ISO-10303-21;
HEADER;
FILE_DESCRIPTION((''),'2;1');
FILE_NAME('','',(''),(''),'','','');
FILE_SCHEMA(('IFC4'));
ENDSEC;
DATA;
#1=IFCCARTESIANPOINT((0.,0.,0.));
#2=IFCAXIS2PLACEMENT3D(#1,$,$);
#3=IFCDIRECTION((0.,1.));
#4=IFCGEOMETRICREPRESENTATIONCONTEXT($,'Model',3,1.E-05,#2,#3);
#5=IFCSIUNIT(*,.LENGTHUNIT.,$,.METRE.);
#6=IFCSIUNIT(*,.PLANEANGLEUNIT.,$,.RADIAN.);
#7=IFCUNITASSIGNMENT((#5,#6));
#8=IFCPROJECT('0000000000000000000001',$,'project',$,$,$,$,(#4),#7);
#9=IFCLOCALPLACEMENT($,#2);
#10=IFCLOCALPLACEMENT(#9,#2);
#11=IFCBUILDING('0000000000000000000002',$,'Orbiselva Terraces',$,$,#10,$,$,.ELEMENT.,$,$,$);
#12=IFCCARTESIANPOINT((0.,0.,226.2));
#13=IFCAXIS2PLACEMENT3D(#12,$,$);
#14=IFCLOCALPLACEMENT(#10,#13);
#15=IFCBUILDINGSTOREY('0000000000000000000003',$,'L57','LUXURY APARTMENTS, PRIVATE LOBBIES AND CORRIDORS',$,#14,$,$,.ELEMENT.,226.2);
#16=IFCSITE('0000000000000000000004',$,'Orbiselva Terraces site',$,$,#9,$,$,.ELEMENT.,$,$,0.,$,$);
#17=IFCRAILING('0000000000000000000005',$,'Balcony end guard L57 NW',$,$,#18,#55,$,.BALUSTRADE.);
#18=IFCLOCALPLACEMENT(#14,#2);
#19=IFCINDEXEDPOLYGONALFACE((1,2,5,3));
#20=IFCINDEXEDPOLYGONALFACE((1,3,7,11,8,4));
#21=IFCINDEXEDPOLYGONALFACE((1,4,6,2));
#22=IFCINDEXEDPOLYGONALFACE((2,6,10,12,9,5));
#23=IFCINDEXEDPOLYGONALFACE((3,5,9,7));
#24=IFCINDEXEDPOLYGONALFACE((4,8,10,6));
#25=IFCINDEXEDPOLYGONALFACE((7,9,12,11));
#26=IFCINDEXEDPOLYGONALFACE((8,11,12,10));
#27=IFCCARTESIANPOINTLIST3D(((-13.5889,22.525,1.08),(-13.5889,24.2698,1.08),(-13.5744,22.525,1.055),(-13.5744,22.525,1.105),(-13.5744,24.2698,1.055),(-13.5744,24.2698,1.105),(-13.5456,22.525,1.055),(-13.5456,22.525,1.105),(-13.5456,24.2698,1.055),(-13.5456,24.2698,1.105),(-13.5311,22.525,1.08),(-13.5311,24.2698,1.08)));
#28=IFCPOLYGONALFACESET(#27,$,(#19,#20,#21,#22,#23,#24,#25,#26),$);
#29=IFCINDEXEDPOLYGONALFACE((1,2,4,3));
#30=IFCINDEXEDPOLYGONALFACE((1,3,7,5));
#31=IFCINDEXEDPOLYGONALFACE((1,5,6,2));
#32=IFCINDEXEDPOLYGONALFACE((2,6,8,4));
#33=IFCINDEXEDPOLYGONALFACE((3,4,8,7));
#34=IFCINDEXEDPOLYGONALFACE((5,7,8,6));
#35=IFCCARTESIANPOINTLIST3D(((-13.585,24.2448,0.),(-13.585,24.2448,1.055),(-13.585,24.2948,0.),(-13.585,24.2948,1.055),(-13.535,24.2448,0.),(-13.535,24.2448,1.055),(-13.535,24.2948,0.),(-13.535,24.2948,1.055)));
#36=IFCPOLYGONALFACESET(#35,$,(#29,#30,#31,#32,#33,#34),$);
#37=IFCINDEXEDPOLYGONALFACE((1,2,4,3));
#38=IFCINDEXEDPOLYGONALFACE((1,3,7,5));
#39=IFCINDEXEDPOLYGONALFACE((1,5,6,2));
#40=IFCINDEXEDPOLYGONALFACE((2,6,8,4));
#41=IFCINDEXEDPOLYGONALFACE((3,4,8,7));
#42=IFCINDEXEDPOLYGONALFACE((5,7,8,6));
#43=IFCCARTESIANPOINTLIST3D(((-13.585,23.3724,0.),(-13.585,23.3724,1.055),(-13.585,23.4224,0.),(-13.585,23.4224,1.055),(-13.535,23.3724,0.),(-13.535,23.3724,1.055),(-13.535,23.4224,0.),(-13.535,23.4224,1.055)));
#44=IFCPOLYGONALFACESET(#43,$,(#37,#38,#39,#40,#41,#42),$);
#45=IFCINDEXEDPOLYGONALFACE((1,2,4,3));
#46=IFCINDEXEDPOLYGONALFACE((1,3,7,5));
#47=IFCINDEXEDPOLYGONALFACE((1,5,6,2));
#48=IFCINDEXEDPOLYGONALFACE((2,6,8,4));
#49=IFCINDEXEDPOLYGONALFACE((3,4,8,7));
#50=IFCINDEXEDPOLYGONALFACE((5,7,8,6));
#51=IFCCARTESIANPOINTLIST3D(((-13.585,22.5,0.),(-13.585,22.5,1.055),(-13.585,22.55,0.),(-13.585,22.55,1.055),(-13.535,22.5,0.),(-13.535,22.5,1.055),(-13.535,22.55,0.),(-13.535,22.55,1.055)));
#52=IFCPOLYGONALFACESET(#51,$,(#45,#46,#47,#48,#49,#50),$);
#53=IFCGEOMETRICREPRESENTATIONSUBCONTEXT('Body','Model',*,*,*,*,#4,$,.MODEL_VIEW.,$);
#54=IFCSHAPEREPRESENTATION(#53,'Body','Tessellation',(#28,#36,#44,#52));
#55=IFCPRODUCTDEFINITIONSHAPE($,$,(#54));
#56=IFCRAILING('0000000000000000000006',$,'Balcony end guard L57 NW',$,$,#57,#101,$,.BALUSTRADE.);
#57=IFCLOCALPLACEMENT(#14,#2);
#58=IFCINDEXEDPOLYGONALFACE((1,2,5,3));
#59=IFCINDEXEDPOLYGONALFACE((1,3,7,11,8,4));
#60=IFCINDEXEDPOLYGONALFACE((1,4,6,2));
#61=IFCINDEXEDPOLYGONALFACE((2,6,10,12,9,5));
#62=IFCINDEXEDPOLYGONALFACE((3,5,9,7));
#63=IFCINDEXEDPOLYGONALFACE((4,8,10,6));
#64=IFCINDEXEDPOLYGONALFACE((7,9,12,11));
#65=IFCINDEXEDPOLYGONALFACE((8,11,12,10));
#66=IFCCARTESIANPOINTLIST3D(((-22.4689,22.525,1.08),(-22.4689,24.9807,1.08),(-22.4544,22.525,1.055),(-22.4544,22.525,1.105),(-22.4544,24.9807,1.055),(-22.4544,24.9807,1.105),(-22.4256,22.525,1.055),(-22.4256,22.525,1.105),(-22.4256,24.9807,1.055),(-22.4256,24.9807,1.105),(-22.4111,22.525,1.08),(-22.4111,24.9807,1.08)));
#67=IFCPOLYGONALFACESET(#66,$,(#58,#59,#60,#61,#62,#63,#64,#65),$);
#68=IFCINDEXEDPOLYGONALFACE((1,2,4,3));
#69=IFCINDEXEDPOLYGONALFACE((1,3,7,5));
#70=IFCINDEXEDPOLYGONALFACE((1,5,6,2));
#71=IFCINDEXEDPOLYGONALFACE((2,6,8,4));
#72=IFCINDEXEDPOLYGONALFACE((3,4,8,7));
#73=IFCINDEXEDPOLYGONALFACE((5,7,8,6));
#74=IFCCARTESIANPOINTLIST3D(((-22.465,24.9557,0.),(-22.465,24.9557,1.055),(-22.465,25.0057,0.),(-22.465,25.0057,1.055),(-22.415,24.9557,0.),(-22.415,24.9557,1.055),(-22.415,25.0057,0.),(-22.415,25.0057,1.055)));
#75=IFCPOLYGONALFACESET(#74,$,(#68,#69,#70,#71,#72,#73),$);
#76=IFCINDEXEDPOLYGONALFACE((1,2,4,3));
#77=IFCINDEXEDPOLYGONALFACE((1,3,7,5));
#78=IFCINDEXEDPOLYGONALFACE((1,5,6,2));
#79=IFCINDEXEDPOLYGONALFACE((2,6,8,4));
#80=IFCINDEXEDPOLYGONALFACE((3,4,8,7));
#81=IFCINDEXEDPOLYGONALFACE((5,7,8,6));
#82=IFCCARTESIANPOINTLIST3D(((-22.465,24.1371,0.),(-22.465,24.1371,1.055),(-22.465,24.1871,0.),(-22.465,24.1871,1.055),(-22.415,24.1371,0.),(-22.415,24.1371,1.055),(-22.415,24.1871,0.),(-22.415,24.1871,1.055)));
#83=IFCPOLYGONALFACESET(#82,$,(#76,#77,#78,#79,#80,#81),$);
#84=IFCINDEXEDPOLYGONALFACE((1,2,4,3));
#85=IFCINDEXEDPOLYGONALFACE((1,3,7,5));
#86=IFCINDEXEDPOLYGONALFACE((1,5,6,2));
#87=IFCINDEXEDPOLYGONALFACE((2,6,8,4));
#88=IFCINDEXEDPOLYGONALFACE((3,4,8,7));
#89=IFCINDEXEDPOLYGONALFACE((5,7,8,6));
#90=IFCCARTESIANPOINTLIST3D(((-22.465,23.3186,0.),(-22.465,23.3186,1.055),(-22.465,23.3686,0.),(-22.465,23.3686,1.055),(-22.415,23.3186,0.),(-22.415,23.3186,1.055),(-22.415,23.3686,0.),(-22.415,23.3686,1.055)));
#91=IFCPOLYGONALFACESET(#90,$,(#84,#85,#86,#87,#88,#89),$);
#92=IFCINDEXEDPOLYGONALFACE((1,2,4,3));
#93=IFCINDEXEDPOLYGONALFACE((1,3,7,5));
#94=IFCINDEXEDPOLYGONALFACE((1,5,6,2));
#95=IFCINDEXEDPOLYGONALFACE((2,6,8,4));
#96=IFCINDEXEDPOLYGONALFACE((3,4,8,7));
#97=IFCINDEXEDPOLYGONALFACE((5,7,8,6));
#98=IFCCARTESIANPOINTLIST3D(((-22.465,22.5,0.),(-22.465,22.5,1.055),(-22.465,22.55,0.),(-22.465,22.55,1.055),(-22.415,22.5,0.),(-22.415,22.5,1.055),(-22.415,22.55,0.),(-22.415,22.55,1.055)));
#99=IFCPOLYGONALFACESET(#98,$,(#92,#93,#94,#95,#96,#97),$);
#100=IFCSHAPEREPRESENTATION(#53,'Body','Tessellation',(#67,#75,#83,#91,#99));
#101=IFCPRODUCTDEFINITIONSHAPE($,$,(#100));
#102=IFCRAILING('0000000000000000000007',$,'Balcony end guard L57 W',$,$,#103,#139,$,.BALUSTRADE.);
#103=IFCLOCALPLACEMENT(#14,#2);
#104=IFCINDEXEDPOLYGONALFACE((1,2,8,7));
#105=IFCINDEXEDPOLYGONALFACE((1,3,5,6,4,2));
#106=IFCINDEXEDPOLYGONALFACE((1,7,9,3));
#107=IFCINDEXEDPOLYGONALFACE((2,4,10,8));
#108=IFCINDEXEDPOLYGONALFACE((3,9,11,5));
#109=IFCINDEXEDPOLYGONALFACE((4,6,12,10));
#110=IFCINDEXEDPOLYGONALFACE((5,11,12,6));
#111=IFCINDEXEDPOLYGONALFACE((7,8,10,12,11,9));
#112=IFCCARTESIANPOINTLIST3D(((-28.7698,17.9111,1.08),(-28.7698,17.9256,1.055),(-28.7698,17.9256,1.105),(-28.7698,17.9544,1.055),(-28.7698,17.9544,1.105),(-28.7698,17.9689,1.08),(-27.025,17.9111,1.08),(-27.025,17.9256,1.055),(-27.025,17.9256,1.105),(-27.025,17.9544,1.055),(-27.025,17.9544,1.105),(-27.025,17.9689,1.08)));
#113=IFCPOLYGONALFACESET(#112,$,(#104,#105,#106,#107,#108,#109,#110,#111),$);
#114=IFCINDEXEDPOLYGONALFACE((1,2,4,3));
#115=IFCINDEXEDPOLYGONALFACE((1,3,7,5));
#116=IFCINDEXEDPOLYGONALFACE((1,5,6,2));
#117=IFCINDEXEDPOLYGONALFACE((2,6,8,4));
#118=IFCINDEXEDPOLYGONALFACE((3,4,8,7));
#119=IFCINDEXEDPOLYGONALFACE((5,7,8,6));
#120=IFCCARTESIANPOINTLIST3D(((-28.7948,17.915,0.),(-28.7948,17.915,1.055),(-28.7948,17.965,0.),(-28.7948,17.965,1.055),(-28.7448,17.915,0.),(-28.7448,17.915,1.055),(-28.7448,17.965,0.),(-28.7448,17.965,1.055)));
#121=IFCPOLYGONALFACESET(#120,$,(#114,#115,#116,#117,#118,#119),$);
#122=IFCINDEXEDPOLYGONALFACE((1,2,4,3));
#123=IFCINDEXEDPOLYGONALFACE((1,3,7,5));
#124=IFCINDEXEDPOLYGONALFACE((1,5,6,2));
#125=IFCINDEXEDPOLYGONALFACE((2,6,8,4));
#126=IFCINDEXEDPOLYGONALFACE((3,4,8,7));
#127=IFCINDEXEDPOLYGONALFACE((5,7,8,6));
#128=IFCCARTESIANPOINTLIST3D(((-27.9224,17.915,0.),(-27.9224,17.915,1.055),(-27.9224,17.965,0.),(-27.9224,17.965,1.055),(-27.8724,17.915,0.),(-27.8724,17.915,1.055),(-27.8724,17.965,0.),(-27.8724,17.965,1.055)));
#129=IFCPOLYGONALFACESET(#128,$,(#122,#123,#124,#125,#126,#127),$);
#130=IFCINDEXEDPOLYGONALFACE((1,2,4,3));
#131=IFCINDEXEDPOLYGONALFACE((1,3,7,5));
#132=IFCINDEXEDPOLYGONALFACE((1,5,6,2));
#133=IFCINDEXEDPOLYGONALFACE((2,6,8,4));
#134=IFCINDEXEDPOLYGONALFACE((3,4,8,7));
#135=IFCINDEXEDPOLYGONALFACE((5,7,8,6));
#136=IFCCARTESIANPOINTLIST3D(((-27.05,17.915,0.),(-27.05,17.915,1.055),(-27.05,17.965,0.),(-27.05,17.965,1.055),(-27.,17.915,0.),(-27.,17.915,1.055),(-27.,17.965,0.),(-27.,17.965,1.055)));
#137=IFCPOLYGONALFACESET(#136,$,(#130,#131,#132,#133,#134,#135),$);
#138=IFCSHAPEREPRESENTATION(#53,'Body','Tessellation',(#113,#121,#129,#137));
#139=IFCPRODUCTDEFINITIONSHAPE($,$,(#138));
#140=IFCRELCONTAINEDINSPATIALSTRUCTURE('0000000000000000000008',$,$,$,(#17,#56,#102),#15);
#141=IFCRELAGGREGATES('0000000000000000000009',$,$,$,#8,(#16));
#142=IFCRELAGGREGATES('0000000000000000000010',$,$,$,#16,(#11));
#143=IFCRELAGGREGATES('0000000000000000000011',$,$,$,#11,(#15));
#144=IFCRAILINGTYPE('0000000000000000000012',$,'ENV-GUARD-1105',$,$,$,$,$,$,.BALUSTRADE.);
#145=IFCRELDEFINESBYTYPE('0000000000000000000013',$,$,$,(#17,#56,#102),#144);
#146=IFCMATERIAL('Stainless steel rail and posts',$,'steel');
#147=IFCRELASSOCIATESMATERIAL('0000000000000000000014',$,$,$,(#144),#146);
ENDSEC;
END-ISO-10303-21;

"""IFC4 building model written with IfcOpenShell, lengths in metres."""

from ifc_helpers import new_model, si_unit, direction, frame, origin, origin_2d, place, context, subcontext, project, spatial, polyline, rectangle, outline, extrude, material, type_object, element, save


model = new_model("IFC4")

# Units and contexts
model_context = context("Model", 3, precision=1e-05, world=origin(), true_north=direction((0.0, 1.0)))
body_context = subcontext(model_context, "Body", "Model", "MODEL_VIEW")
ifc_project = project(units=[si_unit("LENGTHUNIT", "METRE"), si_unit("PLANEANGLEUNIT", "RADIAN")], contexts=[model_context])

# Site, building, storey
site_placement = place(None, origin())
site = spatial("IfcSite", under=ifc_project, at=site_placement, Name="Orbiselva Terraces site", CompositionType="ELEMENT", RefElevation=0.0)
building_placement = place(site_placement, origin())
building = spatial("IfcBuilding", under=site, at=building_placement, Name="Orbiselva Terraces", CompositionType="ELEMENT")
storey_placement = place(building_placement, frame((0.0, 0.0, 226.2)))
storey = spatial("IfcBuildingStorey", under=building, at=storey_placement, Name="L57", Description="LUXURY APARTMENTS, PRIVATE LOBBIES AND CORRIDORS", CompositionType="ELEMENT", Elevation=226.2)

# Railings
ifc_material_1 = material(Name="Stainless steel rail and posts", Category="steel")
railing_type_1 = type_object("IfcRailingType", Name="ENV-GUARD-1105", PredefinedType="BALUSTRADE", material=ifc_material_1)
railing_1_placement = place(storey_placement, frame((-13.56, 24.2698, 0.0)))
element("IfcRailing", 1, at=railing_1_placement, inside=storey, type_object=railing_type_1, Name="Balcony end guard L57 NW", PredefinedType="BALUSTRADE", context=body_context, shape_type="SweptSolid", body=[
    extrude(outline(polyline([(0.0289, 0.0), (0.0144, 0.025), (-0.0144, 0.025), (-0.0289, 0.0), (-0.0144, -0.025), (0.0144, -0.025), (0.0289, 0.0)])), frame((0.0, 0.0, 1.08), z_axis=(0.0, -1.0, 0.0), x_axis=(1.0, 0.0, 0.0)), (0.0, 0.0, 1.0), 1.7448),
    extrude(rectangle(XDim=0.05, YDim=0.05, at=origin_2d()), origin(), (0.0, 0.0, 1.0), 1.055),
    extrude(rectangle(XDim=0.05, YDim=0.05, at=origin_2d()), frame((0.0, -0.8724, 0.0)), (0.0, 0.0, 1.0), 1.055),
    extrude(rectangle(XDim=0.05, YDim=0.05, at=origin_2d()), frame((0.0, -1.7448, 0.0)), (0.0, 0.0, 1.0), 1.055),
])
railing_2_placement = place(storey_placement, frame((-22.44, 24.9807, 0.0)))
element("IfcRailing", 2, at=railing_2_placement, inside=storey, type_object=railing_type_1, Name="Balcony end guard L57 NW", PredefinedType="BALUSTRADE", context=body_context, shape_type="SweptSolid", body=[
    extrude(outline(polyline([(0.0289, 0.0), (0.0144, 0.025), (-0.0144, 0.025), (-0.0289, 0.0), (-0.0144, -0.025), (0.0144, -0.025), (0.0289, 0.0)])), frame((0.0, 0.0, 1.08), z_axis=(0.0, -1.0, 0.0), x_axis=(1.0, 0.0, 0.0)), (0.0, 0.0, 1.0), 2.4557),
    extrude(rectangle(XDim=0.05, YDim=0.05, at=origin_2d()), origin(), (0.0, 0.0, 1.0), 1.055),
    extrude(rectangle(XDim=0.05, YDim=0.05, at=origin_2d()), frame((0.0, -0.8186, 0.0)), (0.0, 0.0, 1.0), 1.055),
    extrude(rectangle(XDim=0.05, YDim=0.05, at=origin_2d()), frame((0.0, -1.6371, 0.0)), (0.0, 0.0, 1.0), 1.055),
    extrude(rectangle(XDim=0.05, YDim=0.05, at=origin_2d()), frame((0.0, -2.4557, 0.0)), (0.0, 0.0, 1.0), 1.055),
])
railing_3_placement = place(storey_placement, frame((-28.7698, 17.94, 0.0)))
element("IfcRailing", 3, at=railing_3_placement, inside=storey, type_object=railing_type_1, Name="Balcony end guard L57 W", PredefinedType="BALUSTRADE", context=body_context, shape_type="SweptSolid", body=[
    extrude(outline(polyline([(0.0289, 0.0), (0.0144, 0.025), (-0.0144, 0.025), (-0.0289, 0.0), (-0.0144, -0.025), (0.0144, -0.025), (0.0289, 0.0)])), frame((0.0, 0.0, 1.08), z_axis=(1.0, 0.0, 0.0), x_axis=(0.0, 1.0, 0.0)), (0.0, 0.0, 1.0), 1.7448),
    extrude(rectangle(XDim=0.05, YDim=0.05, at=origin_2d()), origin(), (0.0, 0.0, 1.0), 1.055),
    extrude(rectangle(XDim=0.05, YDim=0.05, at=origin_2d()), frame((0.8724, 0.0, 0.0)), (0.0, 0.0, 1.0), 1.055),
    extrude(rectangle(XDim=0.05, YDim=0.05, at=origin_2d()), frame((1.7448, 0.0, 0.0)), (0.0, 0.0, 1.0), 1.055),
])

save(model, "model.ifc")
